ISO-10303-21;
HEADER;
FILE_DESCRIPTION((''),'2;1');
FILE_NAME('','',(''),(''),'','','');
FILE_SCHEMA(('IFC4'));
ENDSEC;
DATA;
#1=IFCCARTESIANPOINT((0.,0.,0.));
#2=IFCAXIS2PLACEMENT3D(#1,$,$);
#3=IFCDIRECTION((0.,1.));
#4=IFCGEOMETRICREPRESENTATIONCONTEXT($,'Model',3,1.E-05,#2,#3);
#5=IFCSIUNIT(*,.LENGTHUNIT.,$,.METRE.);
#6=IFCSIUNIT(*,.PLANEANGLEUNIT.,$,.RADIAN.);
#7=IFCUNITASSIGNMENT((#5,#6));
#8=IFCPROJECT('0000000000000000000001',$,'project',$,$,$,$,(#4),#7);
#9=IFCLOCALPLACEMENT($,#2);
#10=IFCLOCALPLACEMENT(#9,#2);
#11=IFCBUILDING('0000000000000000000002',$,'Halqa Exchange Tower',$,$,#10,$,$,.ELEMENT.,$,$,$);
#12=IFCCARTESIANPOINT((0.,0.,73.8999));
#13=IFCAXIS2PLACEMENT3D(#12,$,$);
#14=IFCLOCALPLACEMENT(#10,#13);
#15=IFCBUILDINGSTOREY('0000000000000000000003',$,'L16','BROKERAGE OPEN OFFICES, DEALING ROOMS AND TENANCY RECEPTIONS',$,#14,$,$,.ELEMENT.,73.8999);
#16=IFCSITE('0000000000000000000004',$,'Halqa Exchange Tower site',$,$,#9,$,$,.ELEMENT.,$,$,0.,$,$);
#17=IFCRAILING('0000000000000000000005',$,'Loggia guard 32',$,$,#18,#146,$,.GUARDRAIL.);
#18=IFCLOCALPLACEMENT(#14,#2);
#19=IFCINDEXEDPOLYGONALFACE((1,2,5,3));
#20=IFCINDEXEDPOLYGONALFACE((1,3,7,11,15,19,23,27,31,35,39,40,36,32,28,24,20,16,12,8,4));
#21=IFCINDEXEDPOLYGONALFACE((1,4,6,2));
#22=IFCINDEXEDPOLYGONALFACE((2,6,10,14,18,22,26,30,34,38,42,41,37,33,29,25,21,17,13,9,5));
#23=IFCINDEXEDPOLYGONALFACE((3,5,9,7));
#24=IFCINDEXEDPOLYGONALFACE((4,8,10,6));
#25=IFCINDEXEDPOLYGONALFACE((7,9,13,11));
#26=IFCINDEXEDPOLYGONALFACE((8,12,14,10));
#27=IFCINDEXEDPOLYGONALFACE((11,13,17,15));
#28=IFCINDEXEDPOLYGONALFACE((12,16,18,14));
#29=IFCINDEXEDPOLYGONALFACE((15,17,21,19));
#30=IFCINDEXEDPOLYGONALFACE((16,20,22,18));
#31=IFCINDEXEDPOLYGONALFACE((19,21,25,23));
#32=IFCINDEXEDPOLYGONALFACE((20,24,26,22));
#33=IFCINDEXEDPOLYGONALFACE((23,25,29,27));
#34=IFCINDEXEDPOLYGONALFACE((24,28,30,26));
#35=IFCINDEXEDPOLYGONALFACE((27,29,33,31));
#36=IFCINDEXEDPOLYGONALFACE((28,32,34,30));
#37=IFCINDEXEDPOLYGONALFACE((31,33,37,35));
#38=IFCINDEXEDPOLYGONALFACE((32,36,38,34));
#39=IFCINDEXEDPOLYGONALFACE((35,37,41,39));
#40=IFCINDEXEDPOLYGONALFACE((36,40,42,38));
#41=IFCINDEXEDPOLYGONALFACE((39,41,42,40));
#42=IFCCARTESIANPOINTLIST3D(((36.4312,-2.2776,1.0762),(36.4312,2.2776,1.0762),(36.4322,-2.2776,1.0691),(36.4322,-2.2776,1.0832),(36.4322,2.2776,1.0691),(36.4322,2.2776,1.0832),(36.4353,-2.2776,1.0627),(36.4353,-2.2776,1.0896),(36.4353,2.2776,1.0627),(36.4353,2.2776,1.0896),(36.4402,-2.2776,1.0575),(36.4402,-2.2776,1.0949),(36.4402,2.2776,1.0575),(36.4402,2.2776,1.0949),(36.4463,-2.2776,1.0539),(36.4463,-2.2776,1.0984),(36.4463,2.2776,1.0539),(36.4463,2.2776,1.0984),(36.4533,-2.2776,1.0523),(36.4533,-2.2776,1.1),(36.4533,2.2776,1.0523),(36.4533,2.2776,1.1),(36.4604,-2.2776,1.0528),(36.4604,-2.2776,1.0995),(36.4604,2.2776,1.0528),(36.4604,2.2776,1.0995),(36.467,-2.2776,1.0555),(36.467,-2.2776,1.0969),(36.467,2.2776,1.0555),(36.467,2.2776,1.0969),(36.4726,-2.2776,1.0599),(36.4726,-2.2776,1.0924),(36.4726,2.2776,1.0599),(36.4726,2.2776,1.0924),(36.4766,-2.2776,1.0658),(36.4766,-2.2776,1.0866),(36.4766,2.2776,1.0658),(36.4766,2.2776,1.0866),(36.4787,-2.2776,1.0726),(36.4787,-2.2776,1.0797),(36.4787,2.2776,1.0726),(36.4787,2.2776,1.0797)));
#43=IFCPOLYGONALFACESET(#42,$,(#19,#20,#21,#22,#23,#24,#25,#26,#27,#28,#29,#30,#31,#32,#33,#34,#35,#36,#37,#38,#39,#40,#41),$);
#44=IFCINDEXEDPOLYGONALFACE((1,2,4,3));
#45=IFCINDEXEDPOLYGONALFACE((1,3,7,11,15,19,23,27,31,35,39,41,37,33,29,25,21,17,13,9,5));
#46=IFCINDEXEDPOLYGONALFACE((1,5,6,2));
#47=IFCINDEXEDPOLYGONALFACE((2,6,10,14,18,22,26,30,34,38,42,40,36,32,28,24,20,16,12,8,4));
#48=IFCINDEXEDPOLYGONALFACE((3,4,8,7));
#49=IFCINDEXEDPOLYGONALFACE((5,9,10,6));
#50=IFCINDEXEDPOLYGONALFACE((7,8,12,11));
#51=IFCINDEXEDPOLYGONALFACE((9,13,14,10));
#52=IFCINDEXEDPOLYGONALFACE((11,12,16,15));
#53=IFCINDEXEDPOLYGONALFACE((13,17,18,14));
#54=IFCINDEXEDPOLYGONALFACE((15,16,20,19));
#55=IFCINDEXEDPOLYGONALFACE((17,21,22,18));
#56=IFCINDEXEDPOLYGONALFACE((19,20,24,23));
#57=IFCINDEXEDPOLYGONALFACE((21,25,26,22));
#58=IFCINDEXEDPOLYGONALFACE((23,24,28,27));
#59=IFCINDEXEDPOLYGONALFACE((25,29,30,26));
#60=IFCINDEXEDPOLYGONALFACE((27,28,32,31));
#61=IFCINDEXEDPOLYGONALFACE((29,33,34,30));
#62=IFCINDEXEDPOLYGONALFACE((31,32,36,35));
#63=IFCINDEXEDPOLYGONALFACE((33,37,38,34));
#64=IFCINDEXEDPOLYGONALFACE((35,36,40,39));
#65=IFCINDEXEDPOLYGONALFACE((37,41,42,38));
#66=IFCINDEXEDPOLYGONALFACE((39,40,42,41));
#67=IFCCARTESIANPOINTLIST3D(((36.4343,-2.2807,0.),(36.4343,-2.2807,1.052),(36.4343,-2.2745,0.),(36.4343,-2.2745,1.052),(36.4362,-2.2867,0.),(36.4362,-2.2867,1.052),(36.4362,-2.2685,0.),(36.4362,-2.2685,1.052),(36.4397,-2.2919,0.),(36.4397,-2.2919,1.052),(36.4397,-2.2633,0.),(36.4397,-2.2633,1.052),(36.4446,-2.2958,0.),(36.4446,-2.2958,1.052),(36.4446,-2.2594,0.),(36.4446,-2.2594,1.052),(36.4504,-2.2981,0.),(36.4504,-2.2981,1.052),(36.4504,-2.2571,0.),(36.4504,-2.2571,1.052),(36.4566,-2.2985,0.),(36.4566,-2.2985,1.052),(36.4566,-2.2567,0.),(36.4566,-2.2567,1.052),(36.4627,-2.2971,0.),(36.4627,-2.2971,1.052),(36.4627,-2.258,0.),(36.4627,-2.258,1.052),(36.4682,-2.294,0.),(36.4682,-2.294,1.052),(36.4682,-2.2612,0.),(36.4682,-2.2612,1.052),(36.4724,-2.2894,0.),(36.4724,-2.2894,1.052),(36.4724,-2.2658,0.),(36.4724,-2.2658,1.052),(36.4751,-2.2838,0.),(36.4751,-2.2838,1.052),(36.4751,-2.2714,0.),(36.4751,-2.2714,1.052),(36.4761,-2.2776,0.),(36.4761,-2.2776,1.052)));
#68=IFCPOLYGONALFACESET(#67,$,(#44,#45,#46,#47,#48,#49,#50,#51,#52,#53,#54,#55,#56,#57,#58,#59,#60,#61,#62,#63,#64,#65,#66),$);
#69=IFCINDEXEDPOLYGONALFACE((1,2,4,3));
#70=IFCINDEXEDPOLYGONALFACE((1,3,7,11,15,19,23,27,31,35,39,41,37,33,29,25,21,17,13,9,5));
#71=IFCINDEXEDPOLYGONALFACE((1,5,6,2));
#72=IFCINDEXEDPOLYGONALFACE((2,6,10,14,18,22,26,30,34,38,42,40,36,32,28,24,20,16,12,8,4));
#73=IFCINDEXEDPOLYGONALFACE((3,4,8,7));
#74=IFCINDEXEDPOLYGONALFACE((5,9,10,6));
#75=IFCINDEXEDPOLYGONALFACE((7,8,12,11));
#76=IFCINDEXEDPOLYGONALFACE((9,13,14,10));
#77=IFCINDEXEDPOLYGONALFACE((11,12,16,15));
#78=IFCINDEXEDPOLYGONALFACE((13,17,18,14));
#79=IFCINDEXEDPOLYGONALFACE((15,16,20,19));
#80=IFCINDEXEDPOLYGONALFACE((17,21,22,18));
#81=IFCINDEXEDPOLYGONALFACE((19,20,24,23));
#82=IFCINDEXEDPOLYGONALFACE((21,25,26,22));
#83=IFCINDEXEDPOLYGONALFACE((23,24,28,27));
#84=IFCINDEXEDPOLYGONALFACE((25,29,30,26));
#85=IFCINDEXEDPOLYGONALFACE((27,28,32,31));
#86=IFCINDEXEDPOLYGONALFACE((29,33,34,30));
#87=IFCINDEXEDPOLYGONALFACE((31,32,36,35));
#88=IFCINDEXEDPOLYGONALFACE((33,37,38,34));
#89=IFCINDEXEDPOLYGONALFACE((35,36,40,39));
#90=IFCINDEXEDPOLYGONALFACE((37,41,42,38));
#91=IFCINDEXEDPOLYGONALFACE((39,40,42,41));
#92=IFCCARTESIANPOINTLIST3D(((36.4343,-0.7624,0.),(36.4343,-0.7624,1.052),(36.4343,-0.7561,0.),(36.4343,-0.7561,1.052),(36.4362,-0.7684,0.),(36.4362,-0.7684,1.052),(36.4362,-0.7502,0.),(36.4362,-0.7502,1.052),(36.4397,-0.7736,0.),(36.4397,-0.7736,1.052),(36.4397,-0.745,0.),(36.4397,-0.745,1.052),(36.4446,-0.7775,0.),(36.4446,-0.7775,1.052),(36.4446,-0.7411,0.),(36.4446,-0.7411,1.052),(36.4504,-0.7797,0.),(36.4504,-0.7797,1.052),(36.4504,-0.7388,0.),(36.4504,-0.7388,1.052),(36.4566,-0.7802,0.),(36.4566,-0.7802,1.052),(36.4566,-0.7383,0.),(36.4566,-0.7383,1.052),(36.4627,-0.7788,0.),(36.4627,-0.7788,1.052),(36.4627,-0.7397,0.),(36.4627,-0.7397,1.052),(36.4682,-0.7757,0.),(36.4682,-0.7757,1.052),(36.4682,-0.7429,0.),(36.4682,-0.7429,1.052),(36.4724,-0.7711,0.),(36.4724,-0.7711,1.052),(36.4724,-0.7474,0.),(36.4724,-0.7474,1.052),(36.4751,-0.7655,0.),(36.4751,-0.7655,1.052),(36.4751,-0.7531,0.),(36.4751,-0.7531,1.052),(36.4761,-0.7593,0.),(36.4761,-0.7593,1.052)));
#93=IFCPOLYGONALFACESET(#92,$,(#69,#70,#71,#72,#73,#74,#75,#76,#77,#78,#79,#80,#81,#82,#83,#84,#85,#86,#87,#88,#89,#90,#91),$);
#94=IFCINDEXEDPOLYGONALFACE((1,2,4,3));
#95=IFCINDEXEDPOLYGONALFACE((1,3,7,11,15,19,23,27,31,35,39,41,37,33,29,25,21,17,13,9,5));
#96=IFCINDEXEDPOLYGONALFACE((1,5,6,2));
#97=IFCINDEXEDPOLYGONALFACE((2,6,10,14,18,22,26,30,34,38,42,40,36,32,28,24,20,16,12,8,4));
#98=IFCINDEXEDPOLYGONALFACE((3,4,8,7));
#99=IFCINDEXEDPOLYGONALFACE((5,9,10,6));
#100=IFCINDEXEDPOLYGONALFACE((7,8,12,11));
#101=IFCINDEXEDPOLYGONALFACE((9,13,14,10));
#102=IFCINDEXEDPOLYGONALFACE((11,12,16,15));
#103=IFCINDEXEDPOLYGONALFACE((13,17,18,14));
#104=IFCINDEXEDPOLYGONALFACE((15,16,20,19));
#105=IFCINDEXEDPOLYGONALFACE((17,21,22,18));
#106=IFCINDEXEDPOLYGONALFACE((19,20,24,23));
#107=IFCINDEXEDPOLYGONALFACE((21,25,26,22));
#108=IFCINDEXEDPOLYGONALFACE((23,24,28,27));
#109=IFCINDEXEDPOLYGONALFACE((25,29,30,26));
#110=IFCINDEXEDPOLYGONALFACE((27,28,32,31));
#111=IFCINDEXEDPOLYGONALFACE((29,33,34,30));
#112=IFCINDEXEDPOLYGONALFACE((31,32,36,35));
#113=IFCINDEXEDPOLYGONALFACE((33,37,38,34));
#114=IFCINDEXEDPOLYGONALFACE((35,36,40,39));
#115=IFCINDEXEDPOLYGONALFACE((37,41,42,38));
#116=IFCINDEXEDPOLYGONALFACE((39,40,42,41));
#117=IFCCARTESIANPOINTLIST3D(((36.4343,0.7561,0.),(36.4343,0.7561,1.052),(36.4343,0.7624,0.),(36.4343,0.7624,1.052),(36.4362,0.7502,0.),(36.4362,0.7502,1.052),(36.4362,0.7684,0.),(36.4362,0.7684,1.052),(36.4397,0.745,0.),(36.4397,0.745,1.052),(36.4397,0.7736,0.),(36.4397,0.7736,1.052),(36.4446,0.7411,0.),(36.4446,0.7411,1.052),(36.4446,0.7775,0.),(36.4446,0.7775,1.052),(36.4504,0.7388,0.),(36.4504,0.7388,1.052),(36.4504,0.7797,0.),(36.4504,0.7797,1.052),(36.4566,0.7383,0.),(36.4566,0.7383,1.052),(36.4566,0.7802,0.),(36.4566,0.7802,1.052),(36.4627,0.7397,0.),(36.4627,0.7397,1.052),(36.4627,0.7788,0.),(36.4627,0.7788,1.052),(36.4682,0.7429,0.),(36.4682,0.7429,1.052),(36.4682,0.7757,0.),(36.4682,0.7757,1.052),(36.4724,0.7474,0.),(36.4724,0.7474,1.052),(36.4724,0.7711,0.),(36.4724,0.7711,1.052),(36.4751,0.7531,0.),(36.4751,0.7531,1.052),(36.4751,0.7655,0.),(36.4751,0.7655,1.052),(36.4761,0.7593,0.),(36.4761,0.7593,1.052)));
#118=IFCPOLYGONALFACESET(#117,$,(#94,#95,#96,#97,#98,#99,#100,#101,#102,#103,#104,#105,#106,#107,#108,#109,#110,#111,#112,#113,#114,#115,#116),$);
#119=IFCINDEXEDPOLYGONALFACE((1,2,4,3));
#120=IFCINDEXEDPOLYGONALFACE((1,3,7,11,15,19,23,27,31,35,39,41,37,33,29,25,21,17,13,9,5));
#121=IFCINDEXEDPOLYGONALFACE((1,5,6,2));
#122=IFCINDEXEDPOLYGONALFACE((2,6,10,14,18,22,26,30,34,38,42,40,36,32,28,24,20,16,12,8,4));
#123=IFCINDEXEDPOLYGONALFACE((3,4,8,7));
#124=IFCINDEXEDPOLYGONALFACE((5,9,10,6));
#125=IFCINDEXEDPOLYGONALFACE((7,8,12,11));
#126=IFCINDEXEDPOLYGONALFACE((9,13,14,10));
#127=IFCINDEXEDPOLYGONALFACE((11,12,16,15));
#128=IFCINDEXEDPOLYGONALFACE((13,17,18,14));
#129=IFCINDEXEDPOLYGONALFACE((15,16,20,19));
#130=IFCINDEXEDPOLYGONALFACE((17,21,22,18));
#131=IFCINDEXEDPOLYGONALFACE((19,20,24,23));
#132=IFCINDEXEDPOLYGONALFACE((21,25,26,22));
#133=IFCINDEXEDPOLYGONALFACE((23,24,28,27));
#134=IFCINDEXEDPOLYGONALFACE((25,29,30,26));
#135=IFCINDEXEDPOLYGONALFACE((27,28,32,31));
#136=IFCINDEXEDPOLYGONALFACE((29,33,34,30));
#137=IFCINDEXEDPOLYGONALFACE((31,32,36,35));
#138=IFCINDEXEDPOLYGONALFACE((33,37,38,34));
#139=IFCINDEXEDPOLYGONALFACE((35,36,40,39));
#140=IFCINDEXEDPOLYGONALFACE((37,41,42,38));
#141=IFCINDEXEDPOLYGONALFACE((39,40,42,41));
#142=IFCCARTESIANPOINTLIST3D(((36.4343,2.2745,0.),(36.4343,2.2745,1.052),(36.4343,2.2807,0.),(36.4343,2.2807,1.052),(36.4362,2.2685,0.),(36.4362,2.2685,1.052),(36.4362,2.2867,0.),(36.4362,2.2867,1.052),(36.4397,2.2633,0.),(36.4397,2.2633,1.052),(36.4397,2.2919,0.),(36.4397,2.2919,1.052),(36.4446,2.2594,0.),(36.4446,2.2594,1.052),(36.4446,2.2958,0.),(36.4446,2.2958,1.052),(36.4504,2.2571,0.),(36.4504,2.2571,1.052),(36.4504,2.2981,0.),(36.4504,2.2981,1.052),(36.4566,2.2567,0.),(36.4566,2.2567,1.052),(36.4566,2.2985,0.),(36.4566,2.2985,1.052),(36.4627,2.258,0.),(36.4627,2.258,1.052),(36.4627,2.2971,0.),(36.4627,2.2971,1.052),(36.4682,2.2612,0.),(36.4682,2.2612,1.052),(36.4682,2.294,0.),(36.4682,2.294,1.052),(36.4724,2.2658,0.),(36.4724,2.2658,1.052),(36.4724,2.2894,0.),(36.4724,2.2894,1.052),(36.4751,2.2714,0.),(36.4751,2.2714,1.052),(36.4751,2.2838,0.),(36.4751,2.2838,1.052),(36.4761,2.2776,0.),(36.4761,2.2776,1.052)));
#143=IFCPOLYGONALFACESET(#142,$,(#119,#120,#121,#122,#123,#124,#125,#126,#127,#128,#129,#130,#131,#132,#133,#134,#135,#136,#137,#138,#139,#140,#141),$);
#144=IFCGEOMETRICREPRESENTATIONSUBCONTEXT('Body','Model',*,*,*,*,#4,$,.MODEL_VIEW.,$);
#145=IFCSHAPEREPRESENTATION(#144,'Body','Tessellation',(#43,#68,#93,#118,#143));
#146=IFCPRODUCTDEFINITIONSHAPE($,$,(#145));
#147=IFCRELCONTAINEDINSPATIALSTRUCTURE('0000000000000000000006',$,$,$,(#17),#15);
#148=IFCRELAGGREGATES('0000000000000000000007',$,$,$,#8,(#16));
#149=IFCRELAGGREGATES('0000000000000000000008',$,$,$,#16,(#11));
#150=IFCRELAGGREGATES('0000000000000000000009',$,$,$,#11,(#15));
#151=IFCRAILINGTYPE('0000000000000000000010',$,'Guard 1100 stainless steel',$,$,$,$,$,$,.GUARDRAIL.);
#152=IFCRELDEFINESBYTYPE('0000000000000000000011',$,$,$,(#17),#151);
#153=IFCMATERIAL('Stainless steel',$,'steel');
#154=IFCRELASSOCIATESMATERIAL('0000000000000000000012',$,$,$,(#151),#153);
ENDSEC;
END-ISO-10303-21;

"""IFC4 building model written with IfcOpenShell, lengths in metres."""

from ifc_helpers import new_model, si_unit, direction, frame, origin, origin_2d, place, context, subcontext, project, spatial, circle, extrude, material, type_object, element, save


model = new_model("IFC4")

# Units and contexts
model_context = context("Model", 3, precision=1e-05, world=origin(), true_north=direction((0.0, 1.0)))
body_context = subcontext(model_context, "Body", "Model", "MODEL_VIEW")
ifc_project = project(units=[si_unit("LENGTHUNIT", "METRE"), si_unit("PLANEANGLEUNIT", "RADIAN")], contexts=[model_context])

# Site, building, storey
site_placement = place(None, origin())
site = spatial("IfcSite", under=ifc_project, at=site_placement, Name="Halqa Exchange Tower site", CompositionType="ELEMENT", RefElevation=0.0)
building_placement = place(site_placement, origin())
building = spatial("IfcBuilding", under=site, at=building_placement, Name="Halqa Exchange Tower", CompositionType="ELEMENT")
storey_placement = place(building_placement, frame((0.0, 0.0, 73.8999)))
storey = spatial("IfcBuildingStorey", under=building, at=storey_placement, Name="L16", Description="BROKERAGE OPEN OFFICES, DEALING ROOMS AND TENANCY RECEPTIONS", CompositionType="ELEMENT", Elevation=73.8999)

# Railing
ifc_material_1 = material(Name="Stainless steel", Category="steel")
railing_type = type_object("IfcRailingType", Name="Guard 1100 stainless steel", PredefinedType="GUARDRAIL", material=ifc_material_1)
railing_1_placement = place(storey_placement, frame((36.4551, -2.2776, 0.0)))
element("IfcRailing", 1, at=railing_1_placement, inside=storey, type_object=railing_type, Name="Loggia guard 32", PredefinedType="GUARDRAIL", context=body_context, shape_type="SweptSolid", body=[
    extrude(circle(Radius=0.0239, at=origin_2d()), frame((0.0, 0.0, 1.0762), z_axis=(0.0, 1.0, 0.0), x_axis=(-1.0, 0.0, 0.0)), (0.0, 0.0, 1.0), 4.5552),
    extrude(circle(Radius=0.021, at=origin_2d()), origin(), (0.0, 0.0, 1.0), 1.052),
    extrude(circle(Radius=0.021, at=origin_2d()), frame((0.0, 1.5183, 0.0)), (0.0, 0.0, 1.0), 1.052),
    extrude(circle(Radius=0.021, at=origin_2d()), frame((0.0, 3.0369, 0.0)), (0.0, 0.0, 1.0), 1.052),
    extrude(circle(Radius=0.021, at=origin_2d()), frame((0.0, 4.5552, 0.0)), (0.0, 0.0, 1.0), 1.052),
])

save(model, "model.ifc")
